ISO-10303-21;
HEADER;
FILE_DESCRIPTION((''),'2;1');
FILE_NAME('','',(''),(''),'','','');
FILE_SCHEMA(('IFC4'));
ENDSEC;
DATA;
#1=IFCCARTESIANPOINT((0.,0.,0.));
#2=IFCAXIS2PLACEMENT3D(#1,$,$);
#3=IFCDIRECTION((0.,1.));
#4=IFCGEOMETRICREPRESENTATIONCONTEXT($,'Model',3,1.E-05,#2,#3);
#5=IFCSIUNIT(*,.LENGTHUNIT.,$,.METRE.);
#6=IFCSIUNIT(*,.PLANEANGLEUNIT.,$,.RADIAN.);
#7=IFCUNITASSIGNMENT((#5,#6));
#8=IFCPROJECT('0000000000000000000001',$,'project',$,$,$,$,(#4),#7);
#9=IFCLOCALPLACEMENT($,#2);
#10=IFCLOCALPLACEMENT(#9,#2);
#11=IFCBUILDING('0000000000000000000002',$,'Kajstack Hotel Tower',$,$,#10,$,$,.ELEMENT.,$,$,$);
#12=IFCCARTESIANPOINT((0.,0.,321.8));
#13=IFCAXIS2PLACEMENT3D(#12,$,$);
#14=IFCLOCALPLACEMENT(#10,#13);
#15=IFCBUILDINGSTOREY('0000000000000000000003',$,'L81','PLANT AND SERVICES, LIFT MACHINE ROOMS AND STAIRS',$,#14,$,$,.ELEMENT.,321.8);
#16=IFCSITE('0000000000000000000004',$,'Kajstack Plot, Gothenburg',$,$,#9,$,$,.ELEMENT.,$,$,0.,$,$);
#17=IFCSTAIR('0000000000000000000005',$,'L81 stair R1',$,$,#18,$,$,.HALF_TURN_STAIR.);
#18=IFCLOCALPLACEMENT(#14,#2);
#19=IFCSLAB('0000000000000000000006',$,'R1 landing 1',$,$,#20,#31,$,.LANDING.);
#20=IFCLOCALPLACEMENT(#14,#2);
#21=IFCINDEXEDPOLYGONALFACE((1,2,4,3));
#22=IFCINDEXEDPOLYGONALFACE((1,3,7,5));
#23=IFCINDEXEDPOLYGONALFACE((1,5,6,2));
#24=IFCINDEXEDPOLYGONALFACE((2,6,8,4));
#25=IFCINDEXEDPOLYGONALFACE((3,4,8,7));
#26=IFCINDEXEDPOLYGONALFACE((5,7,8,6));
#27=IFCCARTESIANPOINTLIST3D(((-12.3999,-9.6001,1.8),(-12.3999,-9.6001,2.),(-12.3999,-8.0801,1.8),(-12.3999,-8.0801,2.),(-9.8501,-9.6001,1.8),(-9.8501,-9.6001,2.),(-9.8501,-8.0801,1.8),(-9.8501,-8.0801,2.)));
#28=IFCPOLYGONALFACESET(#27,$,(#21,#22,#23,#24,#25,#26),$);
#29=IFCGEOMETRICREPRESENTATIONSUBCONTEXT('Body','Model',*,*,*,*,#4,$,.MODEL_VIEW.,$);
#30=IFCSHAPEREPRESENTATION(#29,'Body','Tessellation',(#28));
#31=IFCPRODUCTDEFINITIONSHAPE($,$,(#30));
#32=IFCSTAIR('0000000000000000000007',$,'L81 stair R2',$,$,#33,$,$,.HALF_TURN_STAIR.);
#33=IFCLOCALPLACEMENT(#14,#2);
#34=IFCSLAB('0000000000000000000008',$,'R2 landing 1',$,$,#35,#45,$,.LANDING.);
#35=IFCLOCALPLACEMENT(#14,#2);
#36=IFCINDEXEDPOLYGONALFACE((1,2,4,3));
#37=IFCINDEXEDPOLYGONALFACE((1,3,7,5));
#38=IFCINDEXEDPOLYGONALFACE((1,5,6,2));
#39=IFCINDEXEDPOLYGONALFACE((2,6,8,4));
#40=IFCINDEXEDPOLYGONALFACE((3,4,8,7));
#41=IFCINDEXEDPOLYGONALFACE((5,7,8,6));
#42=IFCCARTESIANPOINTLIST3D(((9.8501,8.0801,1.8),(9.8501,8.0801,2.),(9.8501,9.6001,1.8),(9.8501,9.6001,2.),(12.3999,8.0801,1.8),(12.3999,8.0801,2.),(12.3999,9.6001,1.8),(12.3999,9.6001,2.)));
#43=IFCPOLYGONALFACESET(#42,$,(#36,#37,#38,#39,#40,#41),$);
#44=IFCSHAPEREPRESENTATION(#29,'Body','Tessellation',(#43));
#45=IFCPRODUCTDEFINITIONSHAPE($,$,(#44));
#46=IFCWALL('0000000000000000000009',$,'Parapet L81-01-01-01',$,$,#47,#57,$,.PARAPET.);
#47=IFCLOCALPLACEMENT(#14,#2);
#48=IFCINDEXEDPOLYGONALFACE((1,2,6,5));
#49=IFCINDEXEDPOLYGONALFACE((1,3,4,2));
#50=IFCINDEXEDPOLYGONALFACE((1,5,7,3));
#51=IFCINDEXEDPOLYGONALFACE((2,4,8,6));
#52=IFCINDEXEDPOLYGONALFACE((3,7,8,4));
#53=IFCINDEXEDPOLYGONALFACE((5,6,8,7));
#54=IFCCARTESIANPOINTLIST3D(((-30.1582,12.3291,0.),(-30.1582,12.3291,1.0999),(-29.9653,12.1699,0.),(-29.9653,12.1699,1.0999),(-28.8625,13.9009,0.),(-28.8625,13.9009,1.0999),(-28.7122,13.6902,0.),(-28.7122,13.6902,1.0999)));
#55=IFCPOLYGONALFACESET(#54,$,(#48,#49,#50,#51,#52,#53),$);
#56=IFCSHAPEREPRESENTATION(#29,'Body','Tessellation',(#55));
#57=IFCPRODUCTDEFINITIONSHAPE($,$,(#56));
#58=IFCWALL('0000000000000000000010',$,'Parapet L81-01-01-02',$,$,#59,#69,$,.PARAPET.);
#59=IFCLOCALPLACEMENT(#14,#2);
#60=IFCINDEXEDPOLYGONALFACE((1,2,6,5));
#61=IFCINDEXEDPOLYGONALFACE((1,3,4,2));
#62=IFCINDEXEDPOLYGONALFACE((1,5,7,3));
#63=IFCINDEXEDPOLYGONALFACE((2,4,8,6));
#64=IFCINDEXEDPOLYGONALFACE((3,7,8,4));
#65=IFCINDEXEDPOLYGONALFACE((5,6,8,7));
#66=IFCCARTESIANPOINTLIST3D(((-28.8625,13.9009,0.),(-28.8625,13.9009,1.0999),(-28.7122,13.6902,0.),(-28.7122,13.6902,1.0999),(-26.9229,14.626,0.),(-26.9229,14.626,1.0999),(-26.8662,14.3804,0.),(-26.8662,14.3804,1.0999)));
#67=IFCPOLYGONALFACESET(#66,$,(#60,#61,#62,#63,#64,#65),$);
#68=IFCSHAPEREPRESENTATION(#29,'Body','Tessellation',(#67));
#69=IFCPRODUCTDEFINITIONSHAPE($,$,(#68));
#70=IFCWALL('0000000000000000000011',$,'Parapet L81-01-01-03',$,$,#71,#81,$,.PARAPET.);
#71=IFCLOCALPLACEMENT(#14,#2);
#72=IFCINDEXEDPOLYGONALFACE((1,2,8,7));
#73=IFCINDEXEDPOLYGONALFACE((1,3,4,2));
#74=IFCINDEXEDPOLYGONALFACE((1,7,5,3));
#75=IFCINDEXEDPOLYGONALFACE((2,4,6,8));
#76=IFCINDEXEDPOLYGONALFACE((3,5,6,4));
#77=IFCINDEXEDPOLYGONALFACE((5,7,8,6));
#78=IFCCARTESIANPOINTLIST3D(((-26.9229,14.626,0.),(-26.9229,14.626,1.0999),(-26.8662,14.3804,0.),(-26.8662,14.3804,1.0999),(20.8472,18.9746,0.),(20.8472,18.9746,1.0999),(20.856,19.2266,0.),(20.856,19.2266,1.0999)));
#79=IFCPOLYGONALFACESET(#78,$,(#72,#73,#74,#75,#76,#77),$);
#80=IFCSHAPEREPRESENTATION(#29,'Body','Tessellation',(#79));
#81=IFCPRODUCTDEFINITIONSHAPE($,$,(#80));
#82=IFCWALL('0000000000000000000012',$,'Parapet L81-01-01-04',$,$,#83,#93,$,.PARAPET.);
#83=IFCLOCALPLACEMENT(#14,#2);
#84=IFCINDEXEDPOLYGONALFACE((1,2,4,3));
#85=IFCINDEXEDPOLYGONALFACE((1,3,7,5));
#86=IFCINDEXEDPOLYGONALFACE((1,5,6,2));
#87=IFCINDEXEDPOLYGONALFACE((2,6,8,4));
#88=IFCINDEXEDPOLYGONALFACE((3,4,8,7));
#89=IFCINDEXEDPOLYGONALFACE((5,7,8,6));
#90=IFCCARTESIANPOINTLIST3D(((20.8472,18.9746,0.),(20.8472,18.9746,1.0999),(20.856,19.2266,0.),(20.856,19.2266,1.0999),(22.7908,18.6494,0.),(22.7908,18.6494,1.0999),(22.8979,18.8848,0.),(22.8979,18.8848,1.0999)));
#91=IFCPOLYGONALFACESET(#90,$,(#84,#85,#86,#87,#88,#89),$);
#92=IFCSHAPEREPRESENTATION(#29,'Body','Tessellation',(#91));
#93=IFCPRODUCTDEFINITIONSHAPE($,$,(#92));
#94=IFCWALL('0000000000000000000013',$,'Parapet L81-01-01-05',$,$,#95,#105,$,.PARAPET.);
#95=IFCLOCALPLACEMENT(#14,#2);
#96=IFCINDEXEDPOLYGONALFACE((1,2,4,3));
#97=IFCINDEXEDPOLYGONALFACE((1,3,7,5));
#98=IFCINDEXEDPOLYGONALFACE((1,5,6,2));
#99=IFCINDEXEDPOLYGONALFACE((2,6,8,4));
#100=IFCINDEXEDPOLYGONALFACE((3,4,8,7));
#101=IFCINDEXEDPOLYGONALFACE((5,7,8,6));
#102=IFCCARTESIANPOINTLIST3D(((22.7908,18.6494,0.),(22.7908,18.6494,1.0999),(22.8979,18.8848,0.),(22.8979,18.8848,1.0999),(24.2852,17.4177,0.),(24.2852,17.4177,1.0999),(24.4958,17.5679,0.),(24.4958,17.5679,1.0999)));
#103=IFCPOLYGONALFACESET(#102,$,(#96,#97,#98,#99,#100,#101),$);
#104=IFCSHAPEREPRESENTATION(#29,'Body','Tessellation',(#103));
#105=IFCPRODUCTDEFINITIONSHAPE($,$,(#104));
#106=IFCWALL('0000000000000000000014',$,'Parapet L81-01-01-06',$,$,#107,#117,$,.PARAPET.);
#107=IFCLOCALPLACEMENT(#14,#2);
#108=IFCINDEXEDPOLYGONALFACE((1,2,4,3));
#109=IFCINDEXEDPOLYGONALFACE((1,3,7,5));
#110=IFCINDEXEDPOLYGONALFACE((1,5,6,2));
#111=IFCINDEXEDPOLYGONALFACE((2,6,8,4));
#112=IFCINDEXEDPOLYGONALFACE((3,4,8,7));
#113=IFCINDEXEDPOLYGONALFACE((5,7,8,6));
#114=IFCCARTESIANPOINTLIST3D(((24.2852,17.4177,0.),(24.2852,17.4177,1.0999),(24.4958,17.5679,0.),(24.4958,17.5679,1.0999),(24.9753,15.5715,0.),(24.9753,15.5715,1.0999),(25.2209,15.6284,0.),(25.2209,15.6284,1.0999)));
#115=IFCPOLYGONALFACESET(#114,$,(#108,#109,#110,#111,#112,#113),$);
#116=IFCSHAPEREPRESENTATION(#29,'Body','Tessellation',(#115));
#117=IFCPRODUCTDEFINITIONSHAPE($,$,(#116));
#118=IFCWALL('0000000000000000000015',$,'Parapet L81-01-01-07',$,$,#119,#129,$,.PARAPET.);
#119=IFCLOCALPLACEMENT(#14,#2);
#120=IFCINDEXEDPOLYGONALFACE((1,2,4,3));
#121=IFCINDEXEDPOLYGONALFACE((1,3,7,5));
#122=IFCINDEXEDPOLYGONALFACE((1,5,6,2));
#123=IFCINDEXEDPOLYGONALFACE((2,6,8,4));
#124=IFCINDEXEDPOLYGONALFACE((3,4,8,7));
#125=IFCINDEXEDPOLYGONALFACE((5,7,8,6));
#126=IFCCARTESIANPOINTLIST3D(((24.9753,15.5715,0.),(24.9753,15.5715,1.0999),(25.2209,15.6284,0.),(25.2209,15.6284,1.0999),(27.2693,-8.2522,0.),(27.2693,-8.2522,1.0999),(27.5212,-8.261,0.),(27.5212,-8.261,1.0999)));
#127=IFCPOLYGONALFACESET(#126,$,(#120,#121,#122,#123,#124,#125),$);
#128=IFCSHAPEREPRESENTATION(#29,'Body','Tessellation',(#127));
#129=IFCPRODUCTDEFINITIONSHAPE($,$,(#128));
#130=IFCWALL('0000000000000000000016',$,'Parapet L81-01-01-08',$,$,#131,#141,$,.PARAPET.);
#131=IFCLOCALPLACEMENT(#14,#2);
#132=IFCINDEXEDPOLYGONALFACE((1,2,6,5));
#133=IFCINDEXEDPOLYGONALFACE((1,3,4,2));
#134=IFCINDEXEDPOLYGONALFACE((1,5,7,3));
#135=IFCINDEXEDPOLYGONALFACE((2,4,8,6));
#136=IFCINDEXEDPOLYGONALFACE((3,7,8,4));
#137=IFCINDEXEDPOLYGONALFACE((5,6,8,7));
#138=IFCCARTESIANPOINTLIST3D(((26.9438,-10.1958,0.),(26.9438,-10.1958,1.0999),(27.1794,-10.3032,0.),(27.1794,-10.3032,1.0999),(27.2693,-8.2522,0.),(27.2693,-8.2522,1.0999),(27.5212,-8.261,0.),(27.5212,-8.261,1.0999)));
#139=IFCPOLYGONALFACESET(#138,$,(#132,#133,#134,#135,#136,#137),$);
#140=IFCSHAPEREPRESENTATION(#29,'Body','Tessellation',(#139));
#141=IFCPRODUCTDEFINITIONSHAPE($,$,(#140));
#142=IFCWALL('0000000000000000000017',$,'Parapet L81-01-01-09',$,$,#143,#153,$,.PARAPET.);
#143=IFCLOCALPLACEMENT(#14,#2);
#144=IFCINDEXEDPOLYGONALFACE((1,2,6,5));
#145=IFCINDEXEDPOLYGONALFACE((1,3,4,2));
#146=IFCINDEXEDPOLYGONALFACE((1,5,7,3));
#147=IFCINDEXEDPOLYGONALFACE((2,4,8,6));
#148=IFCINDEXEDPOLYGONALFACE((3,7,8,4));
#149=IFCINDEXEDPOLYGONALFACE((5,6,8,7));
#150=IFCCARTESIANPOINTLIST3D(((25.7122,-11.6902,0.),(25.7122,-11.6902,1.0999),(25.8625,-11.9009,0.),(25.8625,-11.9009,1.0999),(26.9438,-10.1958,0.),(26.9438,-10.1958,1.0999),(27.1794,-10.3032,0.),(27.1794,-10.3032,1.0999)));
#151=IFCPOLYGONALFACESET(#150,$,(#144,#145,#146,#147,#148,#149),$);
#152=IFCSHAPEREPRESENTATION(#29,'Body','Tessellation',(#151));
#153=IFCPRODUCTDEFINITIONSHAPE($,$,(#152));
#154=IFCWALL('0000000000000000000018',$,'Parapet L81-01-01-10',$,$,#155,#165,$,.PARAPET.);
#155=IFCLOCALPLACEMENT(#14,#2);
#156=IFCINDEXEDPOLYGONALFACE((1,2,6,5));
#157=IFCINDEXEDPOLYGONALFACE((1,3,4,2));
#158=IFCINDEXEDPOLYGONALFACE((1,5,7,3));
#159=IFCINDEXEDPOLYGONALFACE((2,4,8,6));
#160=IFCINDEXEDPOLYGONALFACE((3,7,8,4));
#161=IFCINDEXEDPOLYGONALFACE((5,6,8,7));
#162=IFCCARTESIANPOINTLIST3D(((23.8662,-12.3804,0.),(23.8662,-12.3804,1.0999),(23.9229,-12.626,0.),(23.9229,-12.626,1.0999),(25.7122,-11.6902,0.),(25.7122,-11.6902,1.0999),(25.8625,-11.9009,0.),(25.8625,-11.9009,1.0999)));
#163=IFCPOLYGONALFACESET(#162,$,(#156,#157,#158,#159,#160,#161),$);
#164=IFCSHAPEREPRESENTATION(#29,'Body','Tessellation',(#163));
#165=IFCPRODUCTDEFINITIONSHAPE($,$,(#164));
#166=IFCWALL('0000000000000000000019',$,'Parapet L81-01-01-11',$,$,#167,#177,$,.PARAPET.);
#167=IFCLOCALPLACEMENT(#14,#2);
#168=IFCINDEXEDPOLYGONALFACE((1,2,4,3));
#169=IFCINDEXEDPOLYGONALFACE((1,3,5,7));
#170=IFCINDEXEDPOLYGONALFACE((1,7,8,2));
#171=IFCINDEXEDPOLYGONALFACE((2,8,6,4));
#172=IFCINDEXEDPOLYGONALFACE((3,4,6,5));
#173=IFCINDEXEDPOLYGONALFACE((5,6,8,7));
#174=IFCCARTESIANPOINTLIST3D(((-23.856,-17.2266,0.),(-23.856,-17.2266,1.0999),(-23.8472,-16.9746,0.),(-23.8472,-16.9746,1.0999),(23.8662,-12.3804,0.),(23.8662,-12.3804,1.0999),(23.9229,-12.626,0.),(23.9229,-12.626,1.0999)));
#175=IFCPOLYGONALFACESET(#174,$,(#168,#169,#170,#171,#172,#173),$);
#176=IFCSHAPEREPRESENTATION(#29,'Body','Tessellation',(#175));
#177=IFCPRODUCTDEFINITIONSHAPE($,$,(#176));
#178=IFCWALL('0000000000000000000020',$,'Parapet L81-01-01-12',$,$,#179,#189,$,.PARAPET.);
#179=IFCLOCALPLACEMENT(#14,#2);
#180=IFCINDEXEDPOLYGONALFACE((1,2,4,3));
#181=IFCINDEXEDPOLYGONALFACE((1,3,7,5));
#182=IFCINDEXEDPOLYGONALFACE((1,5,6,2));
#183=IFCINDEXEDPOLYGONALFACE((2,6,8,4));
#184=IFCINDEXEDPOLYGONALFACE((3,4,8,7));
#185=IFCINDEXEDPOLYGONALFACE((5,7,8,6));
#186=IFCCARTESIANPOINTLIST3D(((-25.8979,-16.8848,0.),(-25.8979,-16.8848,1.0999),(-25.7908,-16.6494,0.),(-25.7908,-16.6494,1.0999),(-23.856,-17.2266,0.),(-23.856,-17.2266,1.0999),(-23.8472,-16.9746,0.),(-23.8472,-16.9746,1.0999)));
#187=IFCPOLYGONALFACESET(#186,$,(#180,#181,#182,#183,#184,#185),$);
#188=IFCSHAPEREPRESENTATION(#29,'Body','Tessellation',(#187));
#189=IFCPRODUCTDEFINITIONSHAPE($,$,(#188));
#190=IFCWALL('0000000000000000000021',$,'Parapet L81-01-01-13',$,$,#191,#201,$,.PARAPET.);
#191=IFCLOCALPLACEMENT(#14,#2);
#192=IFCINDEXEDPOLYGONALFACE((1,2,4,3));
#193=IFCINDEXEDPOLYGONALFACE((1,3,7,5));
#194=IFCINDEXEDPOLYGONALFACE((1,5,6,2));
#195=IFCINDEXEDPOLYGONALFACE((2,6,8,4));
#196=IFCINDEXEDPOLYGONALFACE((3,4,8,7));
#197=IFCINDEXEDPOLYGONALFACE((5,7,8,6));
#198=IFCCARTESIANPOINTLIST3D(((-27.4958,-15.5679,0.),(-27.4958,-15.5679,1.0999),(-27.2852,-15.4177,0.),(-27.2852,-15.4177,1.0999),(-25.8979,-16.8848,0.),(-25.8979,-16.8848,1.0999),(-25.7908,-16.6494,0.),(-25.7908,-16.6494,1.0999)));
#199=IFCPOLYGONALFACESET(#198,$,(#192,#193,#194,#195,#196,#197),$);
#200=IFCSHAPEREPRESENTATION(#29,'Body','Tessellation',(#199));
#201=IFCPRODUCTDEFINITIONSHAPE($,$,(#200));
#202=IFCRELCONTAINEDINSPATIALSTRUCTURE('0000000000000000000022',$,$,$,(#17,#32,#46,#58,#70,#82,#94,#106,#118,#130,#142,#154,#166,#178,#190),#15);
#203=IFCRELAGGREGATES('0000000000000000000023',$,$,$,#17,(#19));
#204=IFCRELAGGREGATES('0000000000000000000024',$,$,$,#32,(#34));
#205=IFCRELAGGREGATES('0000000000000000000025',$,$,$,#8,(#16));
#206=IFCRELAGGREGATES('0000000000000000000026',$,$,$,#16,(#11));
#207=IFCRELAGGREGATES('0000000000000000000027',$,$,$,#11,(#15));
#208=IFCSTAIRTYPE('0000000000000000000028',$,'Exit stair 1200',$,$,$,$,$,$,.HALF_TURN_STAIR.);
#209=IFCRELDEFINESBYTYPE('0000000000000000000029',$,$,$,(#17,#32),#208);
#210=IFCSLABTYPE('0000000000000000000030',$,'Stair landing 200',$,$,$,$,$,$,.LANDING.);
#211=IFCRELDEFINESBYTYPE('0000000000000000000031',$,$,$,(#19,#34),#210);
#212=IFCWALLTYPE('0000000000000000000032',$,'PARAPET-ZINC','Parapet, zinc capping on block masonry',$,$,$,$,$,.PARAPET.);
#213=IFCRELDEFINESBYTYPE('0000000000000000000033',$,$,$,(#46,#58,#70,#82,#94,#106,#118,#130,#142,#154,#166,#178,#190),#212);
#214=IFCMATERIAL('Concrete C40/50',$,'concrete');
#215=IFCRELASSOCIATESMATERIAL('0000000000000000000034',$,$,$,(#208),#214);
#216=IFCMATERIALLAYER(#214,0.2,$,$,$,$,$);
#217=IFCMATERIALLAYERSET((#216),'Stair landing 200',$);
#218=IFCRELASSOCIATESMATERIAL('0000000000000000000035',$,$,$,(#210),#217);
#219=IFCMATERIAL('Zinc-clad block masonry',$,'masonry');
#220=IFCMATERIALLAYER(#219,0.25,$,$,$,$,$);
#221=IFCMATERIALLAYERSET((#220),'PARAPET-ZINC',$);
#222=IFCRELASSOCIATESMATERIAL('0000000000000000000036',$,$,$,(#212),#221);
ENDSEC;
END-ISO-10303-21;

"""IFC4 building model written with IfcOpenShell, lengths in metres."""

from ifc_helpers import new_model, si_unit, direction, frame, origin, place, context, subcontext, project, spatial, polyline, outline, extrude, material, layer, layer_set, type_object, element, aggregate, save


model = new_model("IFC4")

# Units and contexts
model_context = context("Model", 3, precision=1e-05, world=origin(), true_north=direction((0.0, 1.0)))
body_context = subcontext(model_context, "Body", "Model", "MODEL_VIEW")
ifc_project = project(units=[si_unit("LENGTHUNIT", "METRE"), si_unit("PLANEANGLEUNIT", "RADIAN")], contexts=[model_context])

# Site, building, storey
site_placement = place(None, origin())
site = spatial("IfcSite", under=ifc_project, at=site_placement, Name="Kajstack Plot, Gothenburg", CompositionType="ELEMENT", RefElevation=0.0)
building_placement = place(site_placement, origin())
building = spatial("IfcBuilding", under=site, at=building_placement, Name="Kajstack Hotel Tower", CompositionType="ELEMENT")
storey_placement = place(building_placement, frame((0.0, 0.0, 321.8)))
storey = spatial("IfcBuildingStorey", under=building, at=storey_placement, Name="L81", Description="PLANT AND SERVICES, LIFT MACHINE ROOMS AND STAIRS", CompositionType="ELEMENT", Elevation=321.8)

# Stairs, slabs
ifc_material_1 = material(Name="Concrete C40/50", Category="concrete")
stair_type = type_object("IfcStairType", Name="Exit stair 1200", PredefinedType="HALF_TURN_STAIR", material=ifc_material_1)
stair_1_placement = place(storey_placement, origin())
stair_1 = element("IfcStair", 1, at=stair_1_placement, inside=storey, type_object=stair_type, Name="L81 stair R1", PredefinedType="HALF_TURN_STAIR")
ifc_layer_1 = layer(ifc_material_1, 0.2)
ifc_layer_set_1 = layer_set([ifc_layer_1], Name="Stair landing 200")
slab_type = type_object("IfcSlabType", Name="Stair landing 200", PredefinedType="LANDING", material=ifc_layer_set_1)
slab_1_placement = place(storey_placement, frame((0.0, 0.0, 1.8)))
slab_1 = element("IfcSlab", 2, at=slab_1_placement, type_object=slab_type, Name="R1 landing 1", PredefinedType="LANDING", context=body_context, shape_type="SweptSolid", body=[
    extrude(outline(polyline([(-12.3999, -8.0801), (-12.3999, -9.6001), (-9.8501, -9.6001), (-9.8501, -8.0801), (-12.3999, -8.0801)])), origin(), (0.0, 0.0, 1.0), 0.2),
])
aggregate(stair_1, [slab_1])
stair_2_placement = place(storey_placement, origin())
stair_2 = element("IfcStair", 3, at=stair_2_placement, inside=storey, type_object=stair_type, Name="L81 stair R2", PredefinedType="HALF_TURN_STAIR")
slab_2_placement = place(storey_placement, frame((0.0, 0.0, 1.8)))
slab_2 = element("IfcSlab", 4, at=slab_2_placement, type_object=slab_type, Name="R2 landing 1", PredefinedType="LANDING", context=body_context, shape_type="SweptSolid", body=[
    extrude(outline(polyline([(12.3999, 8.0801), (12.3999, 9.6001), (9.8501, 9.6001), (9.8501, 8.0801), (12.3999, 8.0801)])), origin(), (0.0, 0.0, 1.0), 0.2),
])
aggregate(stair_2, [slab_2])

# Walls
ifc_material_2 = material(Name="Zinc-clad block masonry", Category="masonry")
ifc_layer_2 = layer(ifc_material_2, 0.25)
ifc_layer_set_2 = layer_set([ifc_layer_2], Name="PARAPET-ZINC")
wall_type_1 = type_object("IfcWallType", Name="PARAPET-ZINC", Description="Parapet, zinc capping on block masonry", PredefinedType="PARAPET", material=ifc_layer_set_2)
wall_1_placement = place(storey_placement, origin())
element("IfcWall", 5, at=wall_1_placement, inside=storey, type_object=wall_type_1, Name="Parapet L81-01-01-01", PredefinedType="PARAPET", context=body_context, shape_type="SweptSolid", body=[
    extrude(outline(polyline([(-30.1582, 12.3291), (-29.9653, 12.1699), (-28.7122, 13.6902), (-28.8625, 13.9009), (-30.1582, 12.3291)])), origin(), (0.0, 0.0, 1.0), 1.0999),
])
wall_2_placement = place(storey_placement, origin())
element("IfcWall", 6, at=wall_2_placement, inside=storey, type_object=wall_type_1, Name="Parapet L81-01-01-02", PredefinedType="PARAPET", context=body_context, shape_type="SweptSolid", body=[
    extrude(outline(polyline([(-28.8625, 13.9009), (-28.7122, 13.6902), (-26.8662, 14.3804), (-26.9229, 14.626), (-28.8625, 13.9009)])), origin(), (0.0, 0.0, 1.0), 1.0999),
])
wall_3_placement = place(storey_placement, origin())
element("IfcWall", 7, at=wall_3_placement, inside=storey, type_object=wall_type_1, Name="Parapet L81-01-01-03", PredefinedType="PARAPET", context=body_context, shape_type="SweptSolid", body=[
    extrude(outline(polyline([(-26.9229, 14.626), (-26.8662, 14.3804), (20.8472, 18.9746), (20.856, 19.2266), (-26.9229, 14.626)])), origin(), (0.0, 0.0, 1.0), 1.0999),
])
wall_4_placement = place(storey_placement, origin())
element("IfcWall", 8, at=wall_4_placement, inside=storey, type_object=wall_type_1, Name="Parapet L81-01-01-04", PredefinedType="PARAPET", context=body_context, shape_type="SweptSolid", body=[
    extrude(outline(polyline([(20.856, 19.2266), (20.8472, 18.9746), (22.7908, 18.6494), (22.8979, 18.8848), (20.856, 19.2266)])), origin(), (0.0, 0.0, 1.0), 1.0999),
])
wall_5_placement = place(storey_placement, origin())
element("IfcWall", 9, at=wall_5_placement, inside=storey, type_object=wall_type_1, Name="Parapet L81-01-01-05", PredefinedType="PARAPET", context=body_context, shape_type="SweptSolid", body=[
    extrude(outline(polyline([(22.8979, 18.8848), (22.7908, 18.6494), (24.2852, 17.4177), (24.4958, 17.5679), (22.8979, 18.8848)])), origin(), (0.0, 0.0, 1.0), 1.0999),
])
wall_6_placement = place(storey_placement, origin())
element("IfcWall", 10, at=wall_6_placement, inside=storey, type_object=wall_type_1, Name="Parapet L81-01-01-06", PredefinedType="PARAPET", context=body_context, shape_type="SweptSolid", body=[
    extrude(outline(polyline([(24.4958, 17.5679), (24.2852, 17.4177), (24.9753, 15.5715), (25.2209, 15.6284), (24.4958, 17.5679)])), origin(), (0.0, 0.0, 1.0), 1.0999),
])
wall_7_placement = place(storey_placement, origin())
element("IfcWall", 11, at=wall_7_placement, inside=storey, type_object=wall_type_1, Name="Parapet L81-01-01-07", PredefinedType="PARAPET", context=body_context, shape_type="SweptSolid", body=[
    extrude(outline(polyline([(25.2209, 15.6284), (24.9753, 15.5715), (27.2693, -8.2522), (27.5212, -8.261), (25.2209, 15.6284)])), origin(), (0.0, 0.0, 1.0), 1.0999),
])
wall_8_placement = place(storey_placement, origin())
element("IfcWall", 12, at=wall_8_placement, inside=storey, type_object=wall_type_1, Name="Parapet L81-01-01-08", PredefinedType="PARAPET", context=body_context, shape_type="SweptSolid", body=[
    extrude(outline(polyline([(27.5212, -8.261), (27.2693, -8.2522), (26.9438, -10.1958), (27.1794, -10.3032), (27.5212, -8.261)])), origin(), (0.0, 0.0, 1.0), 1.0999),
])
wall_9_placement = place(storey_placement, origin())
element("IfcWall", 13, at=wall_9_placement, inside=storey, type_object=wall_type_1, Name="Parapet L81-01-01-09", PredefinedType="PARAPET", context=body_context, shape_type="SweptSolid", body=[
    extrude(outline(polyline([(27.1794, -10.3032), (26.9438, -10.1958), (25.7122, -11.6902), (25.8625, -11.9009), (27.1794, -10.3032)])), origin(), (0.0, 0.0, 1.0), 1.0999),
])
wall_10_placement = place(storey_placement, origin())
element("IfcWall", 14, at=wall_10_placement, inside=storey, type_object=wall_type_1, Name="Parapet L81-01-01-10", PredefinedType="PARAPET", context=body_context, shape_type="SweptSolid", body=[
    extrude(outline(polyline([(25.8625, -11.9009), (25.7122, -11.6902), (23.8662, -12.3804), (23.9229, -12.626), (25.8625, -11.9009)])), origin(), (0.0, 0.0, 1.0), 1.0999),
])
wall_11_placement = place(storey_placement, origin())
element("IfcWall", 15, at=wall_11_placement, inside=storey, type_object=wall_type_1, Name="Parapet L81-01-01-11", PredefinedType="PARAPET", context=body_context, shape_type="SweptSolid", body=[
    extrude(outline(polyline([(23.9229, -12.626), (23.8662, -12.3804), (-23.8472, -16.9746), (-23.856, -17.2266), (23.9229, -12.626)])), origin(), (0.0, 0.0, 1.0), 1.0999),
])
wall_12_placement = place(storey_placement, origin())
element("IfcWall", 16, at=wall_12_placement, inside=storey, type_object=wall_type_1, Name="Parapet L81-01-01-12", PredefinedType="PARAPET", context=body_context, shape_type="SweptSolid", body=[
    extrude(outline(polyline([(-23.856, -17.2266), (-23.8472, -16.9746), (-25.7908, -16.6494), (-25.8979, -16.8848), (-23.856, -17.2266)])), origin(), (0.0, 0.0, 1.0), 1.0999),
])
wall_13_placement = place(storey_placement, origin())
element("IfcWall", 17, at=wall_13_placement, inside=storey, type_object=wall_type_1, Name="Parapet L81-01-01-13", PredefinedType="PARAPET", context=body_context, shape_type="SweptSolid", body=[
    extrude(outline(polyline([(-25.8979, -16.8848), (-25.7908, -16.6494), (-27.2852, -15.4177), (-27.4958, -15.5679), (-25.8979, -16.8848)])), origin(), (0.0, 0.0, 1.0), 1.0999),
])

save(model, "model.ifc")
